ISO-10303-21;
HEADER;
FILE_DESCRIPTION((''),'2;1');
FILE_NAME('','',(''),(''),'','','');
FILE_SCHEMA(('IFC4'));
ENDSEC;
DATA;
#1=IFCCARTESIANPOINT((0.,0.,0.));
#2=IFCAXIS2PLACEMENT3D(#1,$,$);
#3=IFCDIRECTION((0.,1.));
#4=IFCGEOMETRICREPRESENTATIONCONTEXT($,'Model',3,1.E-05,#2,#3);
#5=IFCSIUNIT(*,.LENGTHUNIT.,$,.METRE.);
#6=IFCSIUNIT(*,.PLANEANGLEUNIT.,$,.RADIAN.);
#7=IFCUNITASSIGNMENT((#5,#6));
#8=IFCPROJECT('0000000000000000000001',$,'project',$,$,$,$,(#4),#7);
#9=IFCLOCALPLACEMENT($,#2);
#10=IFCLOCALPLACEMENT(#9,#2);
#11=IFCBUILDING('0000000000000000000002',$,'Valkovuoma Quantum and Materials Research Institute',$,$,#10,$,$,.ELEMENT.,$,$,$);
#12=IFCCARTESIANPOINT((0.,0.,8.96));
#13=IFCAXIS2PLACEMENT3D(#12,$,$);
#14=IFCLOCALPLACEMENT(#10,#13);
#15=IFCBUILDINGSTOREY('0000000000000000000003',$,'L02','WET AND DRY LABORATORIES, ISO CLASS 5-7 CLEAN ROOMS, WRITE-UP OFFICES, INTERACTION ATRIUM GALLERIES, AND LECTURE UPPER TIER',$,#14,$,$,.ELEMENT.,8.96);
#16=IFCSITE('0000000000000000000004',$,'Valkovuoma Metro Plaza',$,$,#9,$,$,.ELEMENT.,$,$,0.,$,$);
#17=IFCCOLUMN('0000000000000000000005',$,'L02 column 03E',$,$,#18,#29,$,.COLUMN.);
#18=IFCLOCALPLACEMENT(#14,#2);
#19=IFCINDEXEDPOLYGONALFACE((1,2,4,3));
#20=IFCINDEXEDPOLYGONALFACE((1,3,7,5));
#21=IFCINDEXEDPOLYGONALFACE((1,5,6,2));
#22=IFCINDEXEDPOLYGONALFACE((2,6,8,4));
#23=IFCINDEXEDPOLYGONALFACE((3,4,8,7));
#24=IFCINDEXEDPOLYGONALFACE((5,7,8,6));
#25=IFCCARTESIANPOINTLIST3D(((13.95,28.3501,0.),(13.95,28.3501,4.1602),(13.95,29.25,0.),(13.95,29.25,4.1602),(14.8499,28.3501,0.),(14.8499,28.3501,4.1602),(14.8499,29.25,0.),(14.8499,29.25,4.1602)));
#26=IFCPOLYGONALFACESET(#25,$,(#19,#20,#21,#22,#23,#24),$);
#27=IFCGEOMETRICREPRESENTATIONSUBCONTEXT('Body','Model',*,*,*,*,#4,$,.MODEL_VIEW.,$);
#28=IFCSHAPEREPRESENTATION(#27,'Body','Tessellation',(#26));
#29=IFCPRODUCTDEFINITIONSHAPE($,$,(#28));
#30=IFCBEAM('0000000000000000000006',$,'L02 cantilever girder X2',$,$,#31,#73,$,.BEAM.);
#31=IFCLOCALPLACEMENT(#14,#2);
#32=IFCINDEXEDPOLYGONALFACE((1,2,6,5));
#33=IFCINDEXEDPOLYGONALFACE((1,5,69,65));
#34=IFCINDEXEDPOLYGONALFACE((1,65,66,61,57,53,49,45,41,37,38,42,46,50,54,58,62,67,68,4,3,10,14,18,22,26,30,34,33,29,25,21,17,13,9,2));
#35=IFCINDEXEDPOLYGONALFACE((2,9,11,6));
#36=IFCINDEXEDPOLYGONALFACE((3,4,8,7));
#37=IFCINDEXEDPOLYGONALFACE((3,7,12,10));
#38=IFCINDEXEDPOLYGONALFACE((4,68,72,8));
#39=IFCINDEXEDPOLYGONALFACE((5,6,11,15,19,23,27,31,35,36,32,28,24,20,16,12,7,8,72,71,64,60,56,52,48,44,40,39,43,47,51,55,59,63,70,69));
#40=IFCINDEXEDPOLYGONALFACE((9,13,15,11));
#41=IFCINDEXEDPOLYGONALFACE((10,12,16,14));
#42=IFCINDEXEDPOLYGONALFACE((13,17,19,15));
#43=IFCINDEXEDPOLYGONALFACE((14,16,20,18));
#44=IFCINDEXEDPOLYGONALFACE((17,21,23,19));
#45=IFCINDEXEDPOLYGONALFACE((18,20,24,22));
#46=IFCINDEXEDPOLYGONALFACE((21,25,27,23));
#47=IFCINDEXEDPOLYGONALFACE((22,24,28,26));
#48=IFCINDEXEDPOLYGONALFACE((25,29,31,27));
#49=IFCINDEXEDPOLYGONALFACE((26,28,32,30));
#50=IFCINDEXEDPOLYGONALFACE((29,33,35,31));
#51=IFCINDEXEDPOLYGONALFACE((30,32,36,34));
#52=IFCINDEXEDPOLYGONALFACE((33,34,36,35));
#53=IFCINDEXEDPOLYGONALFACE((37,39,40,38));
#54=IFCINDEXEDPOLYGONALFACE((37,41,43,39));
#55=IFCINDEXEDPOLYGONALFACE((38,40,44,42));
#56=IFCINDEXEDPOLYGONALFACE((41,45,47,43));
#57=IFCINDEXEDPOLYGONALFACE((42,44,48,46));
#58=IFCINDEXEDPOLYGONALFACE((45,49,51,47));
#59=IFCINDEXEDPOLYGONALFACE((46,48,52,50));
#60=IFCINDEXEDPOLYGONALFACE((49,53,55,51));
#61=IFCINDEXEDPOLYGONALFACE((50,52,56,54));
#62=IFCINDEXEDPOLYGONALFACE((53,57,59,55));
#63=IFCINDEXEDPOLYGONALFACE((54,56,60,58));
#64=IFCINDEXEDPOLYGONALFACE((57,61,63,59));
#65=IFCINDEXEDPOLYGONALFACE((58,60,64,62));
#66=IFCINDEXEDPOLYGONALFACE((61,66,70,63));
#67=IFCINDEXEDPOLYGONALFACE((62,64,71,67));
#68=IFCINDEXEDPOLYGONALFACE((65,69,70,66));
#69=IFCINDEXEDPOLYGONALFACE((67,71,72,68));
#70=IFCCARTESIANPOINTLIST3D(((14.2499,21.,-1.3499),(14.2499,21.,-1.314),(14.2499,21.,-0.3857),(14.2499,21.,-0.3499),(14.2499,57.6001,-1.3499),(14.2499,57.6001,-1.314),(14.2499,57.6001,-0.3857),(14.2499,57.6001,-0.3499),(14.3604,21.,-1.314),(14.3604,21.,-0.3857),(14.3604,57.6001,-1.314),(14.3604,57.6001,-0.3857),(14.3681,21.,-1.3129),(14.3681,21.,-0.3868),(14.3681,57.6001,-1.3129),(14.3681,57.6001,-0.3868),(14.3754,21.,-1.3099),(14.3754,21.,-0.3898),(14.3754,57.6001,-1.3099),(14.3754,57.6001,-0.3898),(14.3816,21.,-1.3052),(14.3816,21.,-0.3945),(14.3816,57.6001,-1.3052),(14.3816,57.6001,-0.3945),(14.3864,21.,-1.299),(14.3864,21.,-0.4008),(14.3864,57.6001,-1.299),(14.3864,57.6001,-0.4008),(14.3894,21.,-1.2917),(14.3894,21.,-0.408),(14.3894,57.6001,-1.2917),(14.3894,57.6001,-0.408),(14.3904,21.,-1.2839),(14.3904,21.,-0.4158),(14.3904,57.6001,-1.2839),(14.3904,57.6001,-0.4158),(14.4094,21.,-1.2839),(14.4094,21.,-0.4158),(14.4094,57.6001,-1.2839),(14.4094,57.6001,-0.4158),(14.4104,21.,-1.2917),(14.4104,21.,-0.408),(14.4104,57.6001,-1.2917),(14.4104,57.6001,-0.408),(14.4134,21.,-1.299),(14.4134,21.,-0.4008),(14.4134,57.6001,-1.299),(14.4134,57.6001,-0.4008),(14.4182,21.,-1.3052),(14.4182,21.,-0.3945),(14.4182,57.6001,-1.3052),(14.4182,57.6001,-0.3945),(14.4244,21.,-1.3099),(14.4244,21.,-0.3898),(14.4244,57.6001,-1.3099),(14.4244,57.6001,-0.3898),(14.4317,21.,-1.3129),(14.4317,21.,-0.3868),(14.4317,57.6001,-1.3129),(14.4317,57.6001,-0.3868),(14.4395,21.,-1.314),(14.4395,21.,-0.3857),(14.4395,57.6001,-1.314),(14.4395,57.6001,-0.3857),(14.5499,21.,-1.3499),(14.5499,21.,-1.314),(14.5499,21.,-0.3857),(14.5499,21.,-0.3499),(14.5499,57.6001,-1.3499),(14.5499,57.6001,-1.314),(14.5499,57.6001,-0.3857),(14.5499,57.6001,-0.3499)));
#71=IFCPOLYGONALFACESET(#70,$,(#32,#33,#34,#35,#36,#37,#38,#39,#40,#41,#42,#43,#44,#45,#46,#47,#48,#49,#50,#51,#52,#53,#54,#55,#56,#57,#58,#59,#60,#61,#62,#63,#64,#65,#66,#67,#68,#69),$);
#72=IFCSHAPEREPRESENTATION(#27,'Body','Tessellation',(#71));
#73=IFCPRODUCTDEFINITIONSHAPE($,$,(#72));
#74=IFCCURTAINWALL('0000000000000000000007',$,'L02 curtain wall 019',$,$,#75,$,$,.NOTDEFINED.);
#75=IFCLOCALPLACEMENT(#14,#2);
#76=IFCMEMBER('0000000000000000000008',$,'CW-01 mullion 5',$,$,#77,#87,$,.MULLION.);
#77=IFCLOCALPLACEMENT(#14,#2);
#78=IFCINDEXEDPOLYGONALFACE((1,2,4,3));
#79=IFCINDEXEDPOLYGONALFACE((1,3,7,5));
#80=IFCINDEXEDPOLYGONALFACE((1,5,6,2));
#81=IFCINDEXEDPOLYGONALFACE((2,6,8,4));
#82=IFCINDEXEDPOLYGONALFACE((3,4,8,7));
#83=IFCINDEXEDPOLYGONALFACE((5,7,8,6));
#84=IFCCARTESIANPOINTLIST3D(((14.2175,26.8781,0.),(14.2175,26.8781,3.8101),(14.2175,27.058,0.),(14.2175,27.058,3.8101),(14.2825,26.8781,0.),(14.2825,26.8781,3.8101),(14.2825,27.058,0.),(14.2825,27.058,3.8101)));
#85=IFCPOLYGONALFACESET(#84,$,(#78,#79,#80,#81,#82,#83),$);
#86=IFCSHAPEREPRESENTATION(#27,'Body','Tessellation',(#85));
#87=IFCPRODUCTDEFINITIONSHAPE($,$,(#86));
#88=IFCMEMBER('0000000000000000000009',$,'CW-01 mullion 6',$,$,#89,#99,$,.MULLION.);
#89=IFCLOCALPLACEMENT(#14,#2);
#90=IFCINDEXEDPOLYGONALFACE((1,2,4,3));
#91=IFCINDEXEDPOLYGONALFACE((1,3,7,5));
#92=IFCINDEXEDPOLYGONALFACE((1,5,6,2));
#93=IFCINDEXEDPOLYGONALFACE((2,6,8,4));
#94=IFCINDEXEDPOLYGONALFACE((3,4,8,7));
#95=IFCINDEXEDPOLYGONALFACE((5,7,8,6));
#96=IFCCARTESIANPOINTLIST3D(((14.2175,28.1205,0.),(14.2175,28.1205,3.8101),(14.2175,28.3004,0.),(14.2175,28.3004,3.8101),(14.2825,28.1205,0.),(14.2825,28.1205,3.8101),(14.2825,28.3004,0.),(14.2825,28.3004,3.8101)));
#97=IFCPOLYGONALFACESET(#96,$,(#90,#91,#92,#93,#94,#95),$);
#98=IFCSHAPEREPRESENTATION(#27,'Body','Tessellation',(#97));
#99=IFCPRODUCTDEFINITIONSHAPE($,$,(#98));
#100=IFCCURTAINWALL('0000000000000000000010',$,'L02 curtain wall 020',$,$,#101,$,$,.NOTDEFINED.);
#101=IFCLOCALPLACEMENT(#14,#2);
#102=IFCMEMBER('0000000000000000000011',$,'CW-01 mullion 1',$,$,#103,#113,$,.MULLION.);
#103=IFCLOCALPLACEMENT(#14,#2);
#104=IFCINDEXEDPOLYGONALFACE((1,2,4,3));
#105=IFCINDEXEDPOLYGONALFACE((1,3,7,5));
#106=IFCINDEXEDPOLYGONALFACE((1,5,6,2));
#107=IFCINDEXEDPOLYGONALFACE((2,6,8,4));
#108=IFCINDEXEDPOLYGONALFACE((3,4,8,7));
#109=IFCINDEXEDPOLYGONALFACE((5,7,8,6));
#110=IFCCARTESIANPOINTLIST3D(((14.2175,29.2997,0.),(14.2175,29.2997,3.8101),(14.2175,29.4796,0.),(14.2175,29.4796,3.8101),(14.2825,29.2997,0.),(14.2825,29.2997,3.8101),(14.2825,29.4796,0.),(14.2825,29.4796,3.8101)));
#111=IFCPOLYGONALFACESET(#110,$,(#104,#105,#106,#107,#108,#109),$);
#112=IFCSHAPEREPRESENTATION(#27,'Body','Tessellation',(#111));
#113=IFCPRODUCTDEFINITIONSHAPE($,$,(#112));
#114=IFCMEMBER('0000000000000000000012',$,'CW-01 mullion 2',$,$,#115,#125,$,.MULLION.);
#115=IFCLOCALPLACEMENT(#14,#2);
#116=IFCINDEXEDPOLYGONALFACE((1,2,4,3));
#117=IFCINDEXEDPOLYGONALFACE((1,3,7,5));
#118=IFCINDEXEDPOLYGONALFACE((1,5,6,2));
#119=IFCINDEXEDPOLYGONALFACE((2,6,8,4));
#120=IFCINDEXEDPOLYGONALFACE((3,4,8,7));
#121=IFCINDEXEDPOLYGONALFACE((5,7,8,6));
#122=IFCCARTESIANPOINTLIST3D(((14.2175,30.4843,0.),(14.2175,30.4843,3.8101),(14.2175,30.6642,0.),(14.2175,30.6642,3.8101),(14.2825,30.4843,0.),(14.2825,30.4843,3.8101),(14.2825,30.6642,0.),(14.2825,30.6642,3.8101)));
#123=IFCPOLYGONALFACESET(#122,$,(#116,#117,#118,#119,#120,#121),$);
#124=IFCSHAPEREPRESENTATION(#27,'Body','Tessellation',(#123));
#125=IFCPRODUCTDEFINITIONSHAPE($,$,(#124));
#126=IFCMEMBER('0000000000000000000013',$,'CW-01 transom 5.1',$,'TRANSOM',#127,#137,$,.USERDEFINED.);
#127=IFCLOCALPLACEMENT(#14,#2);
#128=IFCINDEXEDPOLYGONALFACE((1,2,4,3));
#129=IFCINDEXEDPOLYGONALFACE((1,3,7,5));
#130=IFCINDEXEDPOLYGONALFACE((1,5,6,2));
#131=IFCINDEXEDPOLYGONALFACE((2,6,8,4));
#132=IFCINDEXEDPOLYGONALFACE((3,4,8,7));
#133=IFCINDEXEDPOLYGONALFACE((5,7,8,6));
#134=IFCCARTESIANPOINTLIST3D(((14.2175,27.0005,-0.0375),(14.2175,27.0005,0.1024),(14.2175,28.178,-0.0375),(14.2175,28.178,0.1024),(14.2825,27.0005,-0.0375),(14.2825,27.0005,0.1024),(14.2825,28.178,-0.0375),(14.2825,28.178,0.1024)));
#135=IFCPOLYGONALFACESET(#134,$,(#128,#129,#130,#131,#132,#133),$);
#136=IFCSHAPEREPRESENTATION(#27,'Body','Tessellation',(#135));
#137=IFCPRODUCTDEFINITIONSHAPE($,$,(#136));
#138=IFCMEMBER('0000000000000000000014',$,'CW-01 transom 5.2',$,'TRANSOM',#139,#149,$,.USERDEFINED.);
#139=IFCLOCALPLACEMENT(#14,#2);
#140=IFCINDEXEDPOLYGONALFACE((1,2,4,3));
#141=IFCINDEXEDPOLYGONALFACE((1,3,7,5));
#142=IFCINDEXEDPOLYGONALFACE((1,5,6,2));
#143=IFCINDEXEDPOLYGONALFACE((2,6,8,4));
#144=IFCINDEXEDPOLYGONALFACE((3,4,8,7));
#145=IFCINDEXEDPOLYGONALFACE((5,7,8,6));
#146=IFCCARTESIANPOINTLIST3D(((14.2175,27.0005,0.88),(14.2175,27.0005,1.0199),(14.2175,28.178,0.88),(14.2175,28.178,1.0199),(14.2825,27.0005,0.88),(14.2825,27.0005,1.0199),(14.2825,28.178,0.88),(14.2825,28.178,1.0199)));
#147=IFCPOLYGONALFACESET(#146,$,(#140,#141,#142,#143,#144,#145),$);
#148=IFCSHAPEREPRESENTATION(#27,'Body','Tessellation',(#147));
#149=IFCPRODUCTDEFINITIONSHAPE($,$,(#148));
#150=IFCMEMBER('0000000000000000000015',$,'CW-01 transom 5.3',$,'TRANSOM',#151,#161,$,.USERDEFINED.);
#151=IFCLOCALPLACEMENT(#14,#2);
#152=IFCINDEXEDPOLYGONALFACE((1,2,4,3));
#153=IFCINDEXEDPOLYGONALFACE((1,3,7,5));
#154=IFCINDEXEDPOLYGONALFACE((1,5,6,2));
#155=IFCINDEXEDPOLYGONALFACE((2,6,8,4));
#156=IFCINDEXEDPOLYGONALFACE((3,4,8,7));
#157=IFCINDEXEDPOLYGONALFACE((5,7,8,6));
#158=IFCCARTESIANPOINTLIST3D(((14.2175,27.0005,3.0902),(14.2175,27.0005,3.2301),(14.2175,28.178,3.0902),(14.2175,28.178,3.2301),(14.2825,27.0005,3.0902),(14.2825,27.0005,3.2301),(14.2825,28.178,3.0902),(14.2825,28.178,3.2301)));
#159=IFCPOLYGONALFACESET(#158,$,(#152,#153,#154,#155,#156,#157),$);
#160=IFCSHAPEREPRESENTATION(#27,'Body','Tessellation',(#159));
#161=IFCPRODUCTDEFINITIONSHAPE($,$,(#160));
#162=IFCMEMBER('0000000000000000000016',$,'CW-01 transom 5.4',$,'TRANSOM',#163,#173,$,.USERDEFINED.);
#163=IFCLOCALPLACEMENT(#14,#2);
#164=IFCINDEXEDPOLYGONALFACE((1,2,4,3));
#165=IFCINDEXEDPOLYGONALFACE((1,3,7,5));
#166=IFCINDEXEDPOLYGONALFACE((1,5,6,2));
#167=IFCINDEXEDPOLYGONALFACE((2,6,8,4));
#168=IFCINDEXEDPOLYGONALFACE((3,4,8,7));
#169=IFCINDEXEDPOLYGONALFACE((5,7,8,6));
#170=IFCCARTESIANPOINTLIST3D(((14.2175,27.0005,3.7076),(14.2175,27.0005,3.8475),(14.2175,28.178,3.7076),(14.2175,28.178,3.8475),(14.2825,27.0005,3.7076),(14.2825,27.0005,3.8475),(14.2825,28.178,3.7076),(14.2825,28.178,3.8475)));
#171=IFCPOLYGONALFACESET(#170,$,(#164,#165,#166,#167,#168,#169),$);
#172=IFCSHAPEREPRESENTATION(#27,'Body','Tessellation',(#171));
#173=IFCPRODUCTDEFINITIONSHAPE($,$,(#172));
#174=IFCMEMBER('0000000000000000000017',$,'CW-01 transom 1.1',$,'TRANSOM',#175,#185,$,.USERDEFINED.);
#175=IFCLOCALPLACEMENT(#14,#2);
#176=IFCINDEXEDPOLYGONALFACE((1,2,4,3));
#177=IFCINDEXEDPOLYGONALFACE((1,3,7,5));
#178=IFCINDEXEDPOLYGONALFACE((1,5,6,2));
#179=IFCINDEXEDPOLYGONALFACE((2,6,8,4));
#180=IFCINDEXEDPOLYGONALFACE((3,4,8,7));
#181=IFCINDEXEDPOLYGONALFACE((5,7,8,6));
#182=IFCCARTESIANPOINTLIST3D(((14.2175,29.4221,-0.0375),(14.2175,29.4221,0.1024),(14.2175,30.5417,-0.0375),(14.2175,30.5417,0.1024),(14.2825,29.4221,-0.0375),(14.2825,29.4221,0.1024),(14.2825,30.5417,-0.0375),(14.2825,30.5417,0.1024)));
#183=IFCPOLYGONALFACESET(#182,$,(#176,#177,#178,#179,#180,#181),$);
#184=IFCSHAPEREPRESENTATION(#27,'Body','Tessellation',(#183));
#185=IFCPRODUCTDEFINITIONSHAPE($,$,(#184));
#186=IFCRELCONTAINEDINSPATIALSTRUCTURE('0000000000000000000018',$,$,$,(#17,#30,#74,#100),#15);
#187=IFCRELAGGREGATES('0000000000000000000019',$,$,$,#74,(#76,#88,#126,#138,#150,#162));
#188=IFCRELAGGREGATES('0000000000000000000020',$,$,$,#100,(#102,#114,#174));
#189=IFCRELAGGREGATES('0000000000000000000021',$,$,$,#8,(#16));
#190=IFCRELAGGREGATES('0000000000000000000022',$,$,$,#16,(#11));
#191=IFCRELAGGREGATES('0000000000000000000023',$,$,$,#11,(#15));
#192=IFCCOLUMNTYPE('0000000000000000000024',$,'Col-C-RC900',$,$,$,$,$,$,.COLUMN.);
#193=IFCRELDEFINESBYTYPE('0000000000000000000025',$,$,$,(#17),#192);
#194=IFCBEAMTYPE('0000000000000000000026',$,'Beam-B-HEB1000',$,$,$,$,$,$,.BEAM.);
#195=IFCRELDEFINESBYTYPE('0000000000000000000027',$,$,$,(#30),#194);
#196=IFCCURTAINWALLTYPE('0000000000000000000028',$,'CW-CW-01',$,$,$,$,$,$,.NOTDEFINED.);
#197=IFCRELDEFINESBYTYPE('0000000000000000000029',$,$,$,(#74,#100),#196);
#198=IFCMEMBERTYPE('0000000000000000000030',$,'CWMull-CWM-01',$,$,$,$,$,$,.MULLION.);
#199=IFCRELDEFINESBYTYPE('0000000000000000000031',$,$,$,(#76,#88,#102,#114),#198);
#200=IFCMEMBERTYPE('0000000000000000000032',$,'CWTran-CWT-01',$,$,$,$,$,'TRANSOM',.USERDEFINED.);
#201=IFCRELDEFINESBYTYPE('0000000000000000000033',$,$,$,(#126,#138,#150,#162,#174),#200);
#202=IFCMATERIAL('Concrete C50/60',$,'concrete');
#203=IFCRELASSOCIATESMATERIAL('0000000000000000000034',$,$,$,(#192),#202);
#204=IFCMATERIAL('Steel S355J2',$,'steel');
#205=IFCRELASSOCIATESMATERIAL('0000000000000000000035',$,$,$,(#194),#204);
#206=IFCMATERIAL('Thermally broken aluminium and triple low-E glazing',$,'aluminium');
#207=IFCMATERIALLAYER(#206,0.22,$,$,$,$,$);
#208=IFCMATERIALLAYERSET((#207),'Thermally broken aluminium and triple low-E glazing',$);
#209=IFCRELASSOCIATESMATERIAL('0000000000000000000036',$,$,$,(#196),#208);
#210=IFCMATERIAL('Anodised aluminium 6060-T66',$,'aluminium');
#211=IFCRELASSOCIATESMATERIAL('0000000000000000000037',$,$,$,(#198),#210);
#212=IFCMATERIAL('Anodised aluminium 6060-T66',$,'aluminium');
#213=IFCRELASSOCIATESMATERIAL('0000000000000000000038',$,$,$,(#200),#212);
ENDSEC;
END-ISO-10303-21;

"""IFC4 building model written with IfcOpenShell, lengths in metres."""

from ifc_helpers import new_model, si_unit, direction, frame, origin, origin_2d, place, context, subcontext, project, spatial, rectangle, i_section, extrude, material, layer, layer_set, material_profile, profile_set, type_object, element, aggregate, save


model = new_model("IFC4")

# Units and contexts
model_context = context("Model", 3, precision=1e-05, world=origin(), true_north=direction((0.0, 1.0)))
body_context = subcontext(model_context, "Body", "Model", "MODEL_VIEW")
ifc_project = project(units=[si_unit("LENGTHUNIT", "METRE"), si_unit("PLANEANGLEUNIT", "RADIAN")], contexts=[model_context])

# Site, building, storey
site_placement = place(None, origin())
site = spatial("IfcSite", under=ifc_project, at=site_placement, Name="Valkovuoma Metro Plaza", CompositionType="ELEMENT", RefElevation=0.0)
building_placement = place(site_placement, origin())
building = spatial("IfcBuilding", under=site, at=building_placement, Name="Valkovuoma Quantum and Materials Research Institute", CompositionType="ELEMENT")
storey_placement = place(building_placement, frame((0.0, 0.0, 8.96)))
storey = spatial("IfcBuildingStorey", under=building, at=storey_placement, Name="L02", Description="WET AND DRY LABORATORIES, ISO CLASS 5-7 CLEAN ROOMS, WRITE-UP OFFICES, INTERACTION ATRIUM GALLERIES, AND LECTURE UPPER TIER", CompositionType="ELEMENT", Elevation=8.96)

# Column
ifc_material_1 = material(Name="Concrete C50/60", Category="concrete")
ifc_material_profile_1 = material_profile(ifc_material_1, rectangle(XDim=0.8999, YDim=0.8999, at=origin_2d()), Name="Concrete C50/60")
ifc_profile_set_1 = profile_set([ifc_material_profile_1], Name="Concrete C50/60")
column_type = type_object("IfcColumnType", Name="Col-C-RC900", PredefinedType="COLUMN", material=ifc_profile_set_1)
column_placement = place(storey_placement, frame((14.3999, 28.8, 0.0), z_axis=(0.0, 0.0, 1.0), x_axis=(1.0, 0.0, 0.0)))
element("IfcColumn", 1, at=column_placement, inside=storey, type_object=column_type, Name="L02 column 03E", PredefinedType="COLUMN", context=body_context, shape_type="SweptSolid", body=[
    extrude(rectangle(XDim=0.8999, YDim=0.8999, at=origin_2d()), origin(), (0.0, 0.0, 1.0), 4.1602),
])

# Beam
ifc_material_2 = material(Name="Steel S355J2", Category="steel")
ifc_material_profile_2 = material_profile(ifc_material_2, i_section(OverallWidth=0.3, OverallDepth=1.0, WebThickness=0.019, FlangeThickness=0.0359, FilletRadius=0.03, at=origin_2d()), Name="Steel S355J2")
ifc_profile_set_2 = profile_set([ifc_material_profile_2], Name="Steel S355J2")
beam_type = type_object("IfcBeamType", Name="Beam-B-HEB1000", PredefinedType="BEAM", material=ifc_profile_set_2)
beam_placement = place(storey_placement, frame((14.3999, 21.0, -0.8499), z_axis=(0.0, 1.0, 0.0), x_axis=(-1.0, 0.0, 0.0)))
element("IfcBeam", 2, at=beam_placement, inside=storey, type_object=beam_type, Name="L02 cantilever girder X2", PredefinedType="BEAM", context=body_context, shape_type="SweptSolid", body=[
    extrude(i_section(OverallWidth=0.3, OverallDepth=1.0, WebThickness=0.019, FlangeThickness=0.0359, FilletRadius=0.03, at=origin_2d()), origin(), (0.0, 0.0, 1.0), 36.6001),
])

# Curtain walls, members
ifc_material_3 = material(Name="Thermally broken aluminium and triple low-E glazing", Category="aluminium")
ifc_layer_1 = layer(ifc_material_3, 0.22)
ifc_layer_set_1 = layer_set([ifc_layer_1], Name="Thermally broken aluminium and triple low-E glazing")
curtain_wall_type = type_object("IfcCurtainWallType", Name="CW-CW-01", PredefinedType="NOTDEFINED", material=ifc_layer_set_1)
curtain_wall_1_placement = place(storey_placement, origin())
curtain_wall_1 = element("IfcCurtainWall", 3, at=curtain_wall_1_placement, inside=storey, type_object=curtain_wall_type, Name="L02 curtain wall 019", PredefinedType="NOTDEFINED")
ifc_material_4 = material(Name="Anodised aluminium 6060-T66", Category="aluminium")
ifc_material_profile_3 = material_profile(ifc_material_4, rectangle(XDim=0.0649, YDim=0.1799, at=origin_2d()), Name="Anodised aluminium 6060-T66")
ifc_profile_set_3 = profile_set([ifc_material_profile_3], Name="Anodised aluminium 6060-T66")
member_type_1 = type_object("IfcMemberType", Name="CWMull-CWM-01", PredefinedType="MULLION", material=ifc_profile_set_3)
member_1_placement = place(storey_placement, frame((14.25, 26.968, 0.0), z_axis=(0.0, 0.0, 1.0), x_axis=(-1.0, 0.0, 0.0)))
member_1 = element("IfcMember", 4, at=member_1_placement, type_object=member_type_1, Name="CW-01 mullion 5", PredefinedType="MULLION", context=body_context, shape_type="SweptSolid", body=[
    extrude(rectangle(XDim=0.0649, YDim=0.1799, at=origin_2d()), origin(), (0.0, 0.0, 1.0), 3.8101),
])
member_2_placement = place(storey_placement, frame((14.25, 28.2104, 0.0), z_axis=(0.0, 0.0, 1.0), x_axis=(-1.0, 0.0, 0.0)))
member_2 = element("IfcMember", 5, at=member_2_placement, type_object=member_type_1, Name="CW-01 mullion 6", PredefinedType="MULLION", context=body_context, shape_type="SweptSolid", body=[
    extrude(rectangle(XDim=0.0649, YDim=0.1799, at=origin_2d()), origin(), (0.0, 0.0, 1.0), 3.8101),
])
curtain_wall_2_placement = place(storey_placement, origin())
curtain_wall_2 = element("IfcCurtainWall", 6, at=curtain_wall_2_placement, inside=storey, type_object=curtain_wall_type, Name="L02 curtain wall 020", PredefinedType="NOTDEFINED")
member_3_placement = place(storey_placement, frame((14.25, 29.3896, 0.0), z_axis=(0.0, 0.0, 1.0), x_axis=(-1.0, 0.0, 0.0)))
member_3 = element("IfcMember", 7, at=member_3_placement, type_object=member_type_1, Name="CW-01 mullion 1", PredefinedType="MULLION", context=body_context, shape_type="SweptSolid", body=[
    extrude(rectangle(XDim=0.0649, YDim=0.1799, at=origin_2d()), origin(), (0.0, 0.0, 1.0), 3.8101),
])
member_4_placement = place(storey_placement, frame((14.25, 30.5742, 0.0), z_axis=(0.0, 0.0, 1.0), x_axis=(-1.0, 0.0, 0.0)))
member_4 = element("IfcMember", 8, at=member_4_placement, type_object=member_type_1, Name="CW-01 mullion 2", PredefinedType="MULLION", context=body_context, shape_type="SweptSolid", body=[
    extrude(rectangle(XDim=0.0649, YDim=0.1799, at=origin_2d()), origin(), (0.0, 0.0, 1.0), 3.8101),
])

# Members
ifc_material_5 = material(Name="Anodised aluminium 6060-T66", Category="aluminium")
ifc_material_profile_4 = material_profile(ifc_material_5, rectangle(XDim=0.0649, YDim=0.1399, at=origin_2d()), Name="Anodised aluminium 6060-T66")
ifc_profile_set_4 = profile_set([ifc_material_profile_4], Name="Anodised aluminium 6060-T66")
member_type_2 = type_object("IfcMemberType", Name="CWTran-CWT-01", ElementType="TRANSOM", PredefinedType="USERDEFINED", material=ifc_profile_set_4)
member_5_placement = place(storey_placement, frame((14.25, 27.0005, 0.0325), z_axis=(0.0, 1.0, 0.0), x_axis=(-1.0, 0.0, 0.0)))
member_5 = element("IfcMember", 9, at=member_5_placement, type_object=member_type_2, Name="CW-01 transom 5.1", ObjectType="TRANSOM", PredefinedType="USERDEFINED", context=body_context, shape_type="SweptSolid", body=[
    extrude(rectangle(XDim=0.0649, YDim=0.1399, at=origin_2d()), origin(), (0.0, 0.0, 1.0), 1.1775),
])
member_6_placement = place(storey_placement, frame((14.25, 27.0005, 0.95), z_axis=(0.0, 1.0, 0.0), x_axis=(-1.0, 0.0, 0.0)))
member_6 = element("IfcMember", 10, at=member_6_placement, type_object=member_type_2, Name="CW-01 transom 5.2", ObjectType="TRANSOM", PredefinedType="USERDEFINED", context=body_context, shape_type="SweptSolid", body=[
    extrude(rectangle(XDim=0.0649, YDim=0.1399, at=origin_2d()), origin(), (0.0, 0.0, 1.0), 1.1775),
])
member_7_placement = place(storey_placement, frame((14.25, 27.0005, 3.1602), z_axis=(0.0, 1.0, 0.0), x_axis=(-1.0, 0.0, 0.0)))
member_7 = element("IfcMember", 11, at=member_7_placement, type_object=member_type_2, Name="CW-01 transom 5.3", ObjectType="TRANSOM", PredefinedType="USERDEFINED", context=body_context, shape_type="SweptSolid", body=[
    extrude(rectangle(XDim=0.0649, YDim=0.1399, at=origin_2d()), origin(), (0.0, 0.0, 1.0), 1.1775),
])
member_8_placement = place(storey_placement, frame((14.25, 27.0005, 3.7776), z_axis=(0.0, 1.0, 0.0), x_axis=(-1.0, 0.0, 0.0)))
member_8 = element("IfcMember", 12, at=member_8_placement, type_object=member_type_2, Name="CW-01 transom 5.4", ObjectType="TRANSOM", PredefinedType="USERDEFINED", context=body_context, shape_type="SweptSolid", body=[
    extrude(rectangle(XDim=0.0649, YDim=0.1399, at=origin_2d()), origin(), (0.0, 0.0, 1.0), 1.1775),
])
member_9_placement = place(storey_placement, frame((14.25, 29.4221, 0.0325), z_axis=(0.0, 1.0, 0.0), x_axis=(-1.0, 0.0, 0.0)))
member_9 = element("IfcMember", 13, at=member_9_placement, type_object=member_type_2, Name="CW-01 transom 1.1", ObjectType="TRANSOM", PredefinedType="USERDEFINED", context=body_context, shape_type="SweptSolid", body=[
    extrude(rectangle(XDim=0.0649, YDim=0.1399, at=origin_2d()), origin(), (0.0, 0.0, 1.0), 1.1196),
])

aggregate(curtain_wall_1, [member_1, member_2, member_5, member_6, member_7, member_8])
aggregate(curtain_wall_2, [member_3, member_4, member_9])

save(model, "model.ifc")
